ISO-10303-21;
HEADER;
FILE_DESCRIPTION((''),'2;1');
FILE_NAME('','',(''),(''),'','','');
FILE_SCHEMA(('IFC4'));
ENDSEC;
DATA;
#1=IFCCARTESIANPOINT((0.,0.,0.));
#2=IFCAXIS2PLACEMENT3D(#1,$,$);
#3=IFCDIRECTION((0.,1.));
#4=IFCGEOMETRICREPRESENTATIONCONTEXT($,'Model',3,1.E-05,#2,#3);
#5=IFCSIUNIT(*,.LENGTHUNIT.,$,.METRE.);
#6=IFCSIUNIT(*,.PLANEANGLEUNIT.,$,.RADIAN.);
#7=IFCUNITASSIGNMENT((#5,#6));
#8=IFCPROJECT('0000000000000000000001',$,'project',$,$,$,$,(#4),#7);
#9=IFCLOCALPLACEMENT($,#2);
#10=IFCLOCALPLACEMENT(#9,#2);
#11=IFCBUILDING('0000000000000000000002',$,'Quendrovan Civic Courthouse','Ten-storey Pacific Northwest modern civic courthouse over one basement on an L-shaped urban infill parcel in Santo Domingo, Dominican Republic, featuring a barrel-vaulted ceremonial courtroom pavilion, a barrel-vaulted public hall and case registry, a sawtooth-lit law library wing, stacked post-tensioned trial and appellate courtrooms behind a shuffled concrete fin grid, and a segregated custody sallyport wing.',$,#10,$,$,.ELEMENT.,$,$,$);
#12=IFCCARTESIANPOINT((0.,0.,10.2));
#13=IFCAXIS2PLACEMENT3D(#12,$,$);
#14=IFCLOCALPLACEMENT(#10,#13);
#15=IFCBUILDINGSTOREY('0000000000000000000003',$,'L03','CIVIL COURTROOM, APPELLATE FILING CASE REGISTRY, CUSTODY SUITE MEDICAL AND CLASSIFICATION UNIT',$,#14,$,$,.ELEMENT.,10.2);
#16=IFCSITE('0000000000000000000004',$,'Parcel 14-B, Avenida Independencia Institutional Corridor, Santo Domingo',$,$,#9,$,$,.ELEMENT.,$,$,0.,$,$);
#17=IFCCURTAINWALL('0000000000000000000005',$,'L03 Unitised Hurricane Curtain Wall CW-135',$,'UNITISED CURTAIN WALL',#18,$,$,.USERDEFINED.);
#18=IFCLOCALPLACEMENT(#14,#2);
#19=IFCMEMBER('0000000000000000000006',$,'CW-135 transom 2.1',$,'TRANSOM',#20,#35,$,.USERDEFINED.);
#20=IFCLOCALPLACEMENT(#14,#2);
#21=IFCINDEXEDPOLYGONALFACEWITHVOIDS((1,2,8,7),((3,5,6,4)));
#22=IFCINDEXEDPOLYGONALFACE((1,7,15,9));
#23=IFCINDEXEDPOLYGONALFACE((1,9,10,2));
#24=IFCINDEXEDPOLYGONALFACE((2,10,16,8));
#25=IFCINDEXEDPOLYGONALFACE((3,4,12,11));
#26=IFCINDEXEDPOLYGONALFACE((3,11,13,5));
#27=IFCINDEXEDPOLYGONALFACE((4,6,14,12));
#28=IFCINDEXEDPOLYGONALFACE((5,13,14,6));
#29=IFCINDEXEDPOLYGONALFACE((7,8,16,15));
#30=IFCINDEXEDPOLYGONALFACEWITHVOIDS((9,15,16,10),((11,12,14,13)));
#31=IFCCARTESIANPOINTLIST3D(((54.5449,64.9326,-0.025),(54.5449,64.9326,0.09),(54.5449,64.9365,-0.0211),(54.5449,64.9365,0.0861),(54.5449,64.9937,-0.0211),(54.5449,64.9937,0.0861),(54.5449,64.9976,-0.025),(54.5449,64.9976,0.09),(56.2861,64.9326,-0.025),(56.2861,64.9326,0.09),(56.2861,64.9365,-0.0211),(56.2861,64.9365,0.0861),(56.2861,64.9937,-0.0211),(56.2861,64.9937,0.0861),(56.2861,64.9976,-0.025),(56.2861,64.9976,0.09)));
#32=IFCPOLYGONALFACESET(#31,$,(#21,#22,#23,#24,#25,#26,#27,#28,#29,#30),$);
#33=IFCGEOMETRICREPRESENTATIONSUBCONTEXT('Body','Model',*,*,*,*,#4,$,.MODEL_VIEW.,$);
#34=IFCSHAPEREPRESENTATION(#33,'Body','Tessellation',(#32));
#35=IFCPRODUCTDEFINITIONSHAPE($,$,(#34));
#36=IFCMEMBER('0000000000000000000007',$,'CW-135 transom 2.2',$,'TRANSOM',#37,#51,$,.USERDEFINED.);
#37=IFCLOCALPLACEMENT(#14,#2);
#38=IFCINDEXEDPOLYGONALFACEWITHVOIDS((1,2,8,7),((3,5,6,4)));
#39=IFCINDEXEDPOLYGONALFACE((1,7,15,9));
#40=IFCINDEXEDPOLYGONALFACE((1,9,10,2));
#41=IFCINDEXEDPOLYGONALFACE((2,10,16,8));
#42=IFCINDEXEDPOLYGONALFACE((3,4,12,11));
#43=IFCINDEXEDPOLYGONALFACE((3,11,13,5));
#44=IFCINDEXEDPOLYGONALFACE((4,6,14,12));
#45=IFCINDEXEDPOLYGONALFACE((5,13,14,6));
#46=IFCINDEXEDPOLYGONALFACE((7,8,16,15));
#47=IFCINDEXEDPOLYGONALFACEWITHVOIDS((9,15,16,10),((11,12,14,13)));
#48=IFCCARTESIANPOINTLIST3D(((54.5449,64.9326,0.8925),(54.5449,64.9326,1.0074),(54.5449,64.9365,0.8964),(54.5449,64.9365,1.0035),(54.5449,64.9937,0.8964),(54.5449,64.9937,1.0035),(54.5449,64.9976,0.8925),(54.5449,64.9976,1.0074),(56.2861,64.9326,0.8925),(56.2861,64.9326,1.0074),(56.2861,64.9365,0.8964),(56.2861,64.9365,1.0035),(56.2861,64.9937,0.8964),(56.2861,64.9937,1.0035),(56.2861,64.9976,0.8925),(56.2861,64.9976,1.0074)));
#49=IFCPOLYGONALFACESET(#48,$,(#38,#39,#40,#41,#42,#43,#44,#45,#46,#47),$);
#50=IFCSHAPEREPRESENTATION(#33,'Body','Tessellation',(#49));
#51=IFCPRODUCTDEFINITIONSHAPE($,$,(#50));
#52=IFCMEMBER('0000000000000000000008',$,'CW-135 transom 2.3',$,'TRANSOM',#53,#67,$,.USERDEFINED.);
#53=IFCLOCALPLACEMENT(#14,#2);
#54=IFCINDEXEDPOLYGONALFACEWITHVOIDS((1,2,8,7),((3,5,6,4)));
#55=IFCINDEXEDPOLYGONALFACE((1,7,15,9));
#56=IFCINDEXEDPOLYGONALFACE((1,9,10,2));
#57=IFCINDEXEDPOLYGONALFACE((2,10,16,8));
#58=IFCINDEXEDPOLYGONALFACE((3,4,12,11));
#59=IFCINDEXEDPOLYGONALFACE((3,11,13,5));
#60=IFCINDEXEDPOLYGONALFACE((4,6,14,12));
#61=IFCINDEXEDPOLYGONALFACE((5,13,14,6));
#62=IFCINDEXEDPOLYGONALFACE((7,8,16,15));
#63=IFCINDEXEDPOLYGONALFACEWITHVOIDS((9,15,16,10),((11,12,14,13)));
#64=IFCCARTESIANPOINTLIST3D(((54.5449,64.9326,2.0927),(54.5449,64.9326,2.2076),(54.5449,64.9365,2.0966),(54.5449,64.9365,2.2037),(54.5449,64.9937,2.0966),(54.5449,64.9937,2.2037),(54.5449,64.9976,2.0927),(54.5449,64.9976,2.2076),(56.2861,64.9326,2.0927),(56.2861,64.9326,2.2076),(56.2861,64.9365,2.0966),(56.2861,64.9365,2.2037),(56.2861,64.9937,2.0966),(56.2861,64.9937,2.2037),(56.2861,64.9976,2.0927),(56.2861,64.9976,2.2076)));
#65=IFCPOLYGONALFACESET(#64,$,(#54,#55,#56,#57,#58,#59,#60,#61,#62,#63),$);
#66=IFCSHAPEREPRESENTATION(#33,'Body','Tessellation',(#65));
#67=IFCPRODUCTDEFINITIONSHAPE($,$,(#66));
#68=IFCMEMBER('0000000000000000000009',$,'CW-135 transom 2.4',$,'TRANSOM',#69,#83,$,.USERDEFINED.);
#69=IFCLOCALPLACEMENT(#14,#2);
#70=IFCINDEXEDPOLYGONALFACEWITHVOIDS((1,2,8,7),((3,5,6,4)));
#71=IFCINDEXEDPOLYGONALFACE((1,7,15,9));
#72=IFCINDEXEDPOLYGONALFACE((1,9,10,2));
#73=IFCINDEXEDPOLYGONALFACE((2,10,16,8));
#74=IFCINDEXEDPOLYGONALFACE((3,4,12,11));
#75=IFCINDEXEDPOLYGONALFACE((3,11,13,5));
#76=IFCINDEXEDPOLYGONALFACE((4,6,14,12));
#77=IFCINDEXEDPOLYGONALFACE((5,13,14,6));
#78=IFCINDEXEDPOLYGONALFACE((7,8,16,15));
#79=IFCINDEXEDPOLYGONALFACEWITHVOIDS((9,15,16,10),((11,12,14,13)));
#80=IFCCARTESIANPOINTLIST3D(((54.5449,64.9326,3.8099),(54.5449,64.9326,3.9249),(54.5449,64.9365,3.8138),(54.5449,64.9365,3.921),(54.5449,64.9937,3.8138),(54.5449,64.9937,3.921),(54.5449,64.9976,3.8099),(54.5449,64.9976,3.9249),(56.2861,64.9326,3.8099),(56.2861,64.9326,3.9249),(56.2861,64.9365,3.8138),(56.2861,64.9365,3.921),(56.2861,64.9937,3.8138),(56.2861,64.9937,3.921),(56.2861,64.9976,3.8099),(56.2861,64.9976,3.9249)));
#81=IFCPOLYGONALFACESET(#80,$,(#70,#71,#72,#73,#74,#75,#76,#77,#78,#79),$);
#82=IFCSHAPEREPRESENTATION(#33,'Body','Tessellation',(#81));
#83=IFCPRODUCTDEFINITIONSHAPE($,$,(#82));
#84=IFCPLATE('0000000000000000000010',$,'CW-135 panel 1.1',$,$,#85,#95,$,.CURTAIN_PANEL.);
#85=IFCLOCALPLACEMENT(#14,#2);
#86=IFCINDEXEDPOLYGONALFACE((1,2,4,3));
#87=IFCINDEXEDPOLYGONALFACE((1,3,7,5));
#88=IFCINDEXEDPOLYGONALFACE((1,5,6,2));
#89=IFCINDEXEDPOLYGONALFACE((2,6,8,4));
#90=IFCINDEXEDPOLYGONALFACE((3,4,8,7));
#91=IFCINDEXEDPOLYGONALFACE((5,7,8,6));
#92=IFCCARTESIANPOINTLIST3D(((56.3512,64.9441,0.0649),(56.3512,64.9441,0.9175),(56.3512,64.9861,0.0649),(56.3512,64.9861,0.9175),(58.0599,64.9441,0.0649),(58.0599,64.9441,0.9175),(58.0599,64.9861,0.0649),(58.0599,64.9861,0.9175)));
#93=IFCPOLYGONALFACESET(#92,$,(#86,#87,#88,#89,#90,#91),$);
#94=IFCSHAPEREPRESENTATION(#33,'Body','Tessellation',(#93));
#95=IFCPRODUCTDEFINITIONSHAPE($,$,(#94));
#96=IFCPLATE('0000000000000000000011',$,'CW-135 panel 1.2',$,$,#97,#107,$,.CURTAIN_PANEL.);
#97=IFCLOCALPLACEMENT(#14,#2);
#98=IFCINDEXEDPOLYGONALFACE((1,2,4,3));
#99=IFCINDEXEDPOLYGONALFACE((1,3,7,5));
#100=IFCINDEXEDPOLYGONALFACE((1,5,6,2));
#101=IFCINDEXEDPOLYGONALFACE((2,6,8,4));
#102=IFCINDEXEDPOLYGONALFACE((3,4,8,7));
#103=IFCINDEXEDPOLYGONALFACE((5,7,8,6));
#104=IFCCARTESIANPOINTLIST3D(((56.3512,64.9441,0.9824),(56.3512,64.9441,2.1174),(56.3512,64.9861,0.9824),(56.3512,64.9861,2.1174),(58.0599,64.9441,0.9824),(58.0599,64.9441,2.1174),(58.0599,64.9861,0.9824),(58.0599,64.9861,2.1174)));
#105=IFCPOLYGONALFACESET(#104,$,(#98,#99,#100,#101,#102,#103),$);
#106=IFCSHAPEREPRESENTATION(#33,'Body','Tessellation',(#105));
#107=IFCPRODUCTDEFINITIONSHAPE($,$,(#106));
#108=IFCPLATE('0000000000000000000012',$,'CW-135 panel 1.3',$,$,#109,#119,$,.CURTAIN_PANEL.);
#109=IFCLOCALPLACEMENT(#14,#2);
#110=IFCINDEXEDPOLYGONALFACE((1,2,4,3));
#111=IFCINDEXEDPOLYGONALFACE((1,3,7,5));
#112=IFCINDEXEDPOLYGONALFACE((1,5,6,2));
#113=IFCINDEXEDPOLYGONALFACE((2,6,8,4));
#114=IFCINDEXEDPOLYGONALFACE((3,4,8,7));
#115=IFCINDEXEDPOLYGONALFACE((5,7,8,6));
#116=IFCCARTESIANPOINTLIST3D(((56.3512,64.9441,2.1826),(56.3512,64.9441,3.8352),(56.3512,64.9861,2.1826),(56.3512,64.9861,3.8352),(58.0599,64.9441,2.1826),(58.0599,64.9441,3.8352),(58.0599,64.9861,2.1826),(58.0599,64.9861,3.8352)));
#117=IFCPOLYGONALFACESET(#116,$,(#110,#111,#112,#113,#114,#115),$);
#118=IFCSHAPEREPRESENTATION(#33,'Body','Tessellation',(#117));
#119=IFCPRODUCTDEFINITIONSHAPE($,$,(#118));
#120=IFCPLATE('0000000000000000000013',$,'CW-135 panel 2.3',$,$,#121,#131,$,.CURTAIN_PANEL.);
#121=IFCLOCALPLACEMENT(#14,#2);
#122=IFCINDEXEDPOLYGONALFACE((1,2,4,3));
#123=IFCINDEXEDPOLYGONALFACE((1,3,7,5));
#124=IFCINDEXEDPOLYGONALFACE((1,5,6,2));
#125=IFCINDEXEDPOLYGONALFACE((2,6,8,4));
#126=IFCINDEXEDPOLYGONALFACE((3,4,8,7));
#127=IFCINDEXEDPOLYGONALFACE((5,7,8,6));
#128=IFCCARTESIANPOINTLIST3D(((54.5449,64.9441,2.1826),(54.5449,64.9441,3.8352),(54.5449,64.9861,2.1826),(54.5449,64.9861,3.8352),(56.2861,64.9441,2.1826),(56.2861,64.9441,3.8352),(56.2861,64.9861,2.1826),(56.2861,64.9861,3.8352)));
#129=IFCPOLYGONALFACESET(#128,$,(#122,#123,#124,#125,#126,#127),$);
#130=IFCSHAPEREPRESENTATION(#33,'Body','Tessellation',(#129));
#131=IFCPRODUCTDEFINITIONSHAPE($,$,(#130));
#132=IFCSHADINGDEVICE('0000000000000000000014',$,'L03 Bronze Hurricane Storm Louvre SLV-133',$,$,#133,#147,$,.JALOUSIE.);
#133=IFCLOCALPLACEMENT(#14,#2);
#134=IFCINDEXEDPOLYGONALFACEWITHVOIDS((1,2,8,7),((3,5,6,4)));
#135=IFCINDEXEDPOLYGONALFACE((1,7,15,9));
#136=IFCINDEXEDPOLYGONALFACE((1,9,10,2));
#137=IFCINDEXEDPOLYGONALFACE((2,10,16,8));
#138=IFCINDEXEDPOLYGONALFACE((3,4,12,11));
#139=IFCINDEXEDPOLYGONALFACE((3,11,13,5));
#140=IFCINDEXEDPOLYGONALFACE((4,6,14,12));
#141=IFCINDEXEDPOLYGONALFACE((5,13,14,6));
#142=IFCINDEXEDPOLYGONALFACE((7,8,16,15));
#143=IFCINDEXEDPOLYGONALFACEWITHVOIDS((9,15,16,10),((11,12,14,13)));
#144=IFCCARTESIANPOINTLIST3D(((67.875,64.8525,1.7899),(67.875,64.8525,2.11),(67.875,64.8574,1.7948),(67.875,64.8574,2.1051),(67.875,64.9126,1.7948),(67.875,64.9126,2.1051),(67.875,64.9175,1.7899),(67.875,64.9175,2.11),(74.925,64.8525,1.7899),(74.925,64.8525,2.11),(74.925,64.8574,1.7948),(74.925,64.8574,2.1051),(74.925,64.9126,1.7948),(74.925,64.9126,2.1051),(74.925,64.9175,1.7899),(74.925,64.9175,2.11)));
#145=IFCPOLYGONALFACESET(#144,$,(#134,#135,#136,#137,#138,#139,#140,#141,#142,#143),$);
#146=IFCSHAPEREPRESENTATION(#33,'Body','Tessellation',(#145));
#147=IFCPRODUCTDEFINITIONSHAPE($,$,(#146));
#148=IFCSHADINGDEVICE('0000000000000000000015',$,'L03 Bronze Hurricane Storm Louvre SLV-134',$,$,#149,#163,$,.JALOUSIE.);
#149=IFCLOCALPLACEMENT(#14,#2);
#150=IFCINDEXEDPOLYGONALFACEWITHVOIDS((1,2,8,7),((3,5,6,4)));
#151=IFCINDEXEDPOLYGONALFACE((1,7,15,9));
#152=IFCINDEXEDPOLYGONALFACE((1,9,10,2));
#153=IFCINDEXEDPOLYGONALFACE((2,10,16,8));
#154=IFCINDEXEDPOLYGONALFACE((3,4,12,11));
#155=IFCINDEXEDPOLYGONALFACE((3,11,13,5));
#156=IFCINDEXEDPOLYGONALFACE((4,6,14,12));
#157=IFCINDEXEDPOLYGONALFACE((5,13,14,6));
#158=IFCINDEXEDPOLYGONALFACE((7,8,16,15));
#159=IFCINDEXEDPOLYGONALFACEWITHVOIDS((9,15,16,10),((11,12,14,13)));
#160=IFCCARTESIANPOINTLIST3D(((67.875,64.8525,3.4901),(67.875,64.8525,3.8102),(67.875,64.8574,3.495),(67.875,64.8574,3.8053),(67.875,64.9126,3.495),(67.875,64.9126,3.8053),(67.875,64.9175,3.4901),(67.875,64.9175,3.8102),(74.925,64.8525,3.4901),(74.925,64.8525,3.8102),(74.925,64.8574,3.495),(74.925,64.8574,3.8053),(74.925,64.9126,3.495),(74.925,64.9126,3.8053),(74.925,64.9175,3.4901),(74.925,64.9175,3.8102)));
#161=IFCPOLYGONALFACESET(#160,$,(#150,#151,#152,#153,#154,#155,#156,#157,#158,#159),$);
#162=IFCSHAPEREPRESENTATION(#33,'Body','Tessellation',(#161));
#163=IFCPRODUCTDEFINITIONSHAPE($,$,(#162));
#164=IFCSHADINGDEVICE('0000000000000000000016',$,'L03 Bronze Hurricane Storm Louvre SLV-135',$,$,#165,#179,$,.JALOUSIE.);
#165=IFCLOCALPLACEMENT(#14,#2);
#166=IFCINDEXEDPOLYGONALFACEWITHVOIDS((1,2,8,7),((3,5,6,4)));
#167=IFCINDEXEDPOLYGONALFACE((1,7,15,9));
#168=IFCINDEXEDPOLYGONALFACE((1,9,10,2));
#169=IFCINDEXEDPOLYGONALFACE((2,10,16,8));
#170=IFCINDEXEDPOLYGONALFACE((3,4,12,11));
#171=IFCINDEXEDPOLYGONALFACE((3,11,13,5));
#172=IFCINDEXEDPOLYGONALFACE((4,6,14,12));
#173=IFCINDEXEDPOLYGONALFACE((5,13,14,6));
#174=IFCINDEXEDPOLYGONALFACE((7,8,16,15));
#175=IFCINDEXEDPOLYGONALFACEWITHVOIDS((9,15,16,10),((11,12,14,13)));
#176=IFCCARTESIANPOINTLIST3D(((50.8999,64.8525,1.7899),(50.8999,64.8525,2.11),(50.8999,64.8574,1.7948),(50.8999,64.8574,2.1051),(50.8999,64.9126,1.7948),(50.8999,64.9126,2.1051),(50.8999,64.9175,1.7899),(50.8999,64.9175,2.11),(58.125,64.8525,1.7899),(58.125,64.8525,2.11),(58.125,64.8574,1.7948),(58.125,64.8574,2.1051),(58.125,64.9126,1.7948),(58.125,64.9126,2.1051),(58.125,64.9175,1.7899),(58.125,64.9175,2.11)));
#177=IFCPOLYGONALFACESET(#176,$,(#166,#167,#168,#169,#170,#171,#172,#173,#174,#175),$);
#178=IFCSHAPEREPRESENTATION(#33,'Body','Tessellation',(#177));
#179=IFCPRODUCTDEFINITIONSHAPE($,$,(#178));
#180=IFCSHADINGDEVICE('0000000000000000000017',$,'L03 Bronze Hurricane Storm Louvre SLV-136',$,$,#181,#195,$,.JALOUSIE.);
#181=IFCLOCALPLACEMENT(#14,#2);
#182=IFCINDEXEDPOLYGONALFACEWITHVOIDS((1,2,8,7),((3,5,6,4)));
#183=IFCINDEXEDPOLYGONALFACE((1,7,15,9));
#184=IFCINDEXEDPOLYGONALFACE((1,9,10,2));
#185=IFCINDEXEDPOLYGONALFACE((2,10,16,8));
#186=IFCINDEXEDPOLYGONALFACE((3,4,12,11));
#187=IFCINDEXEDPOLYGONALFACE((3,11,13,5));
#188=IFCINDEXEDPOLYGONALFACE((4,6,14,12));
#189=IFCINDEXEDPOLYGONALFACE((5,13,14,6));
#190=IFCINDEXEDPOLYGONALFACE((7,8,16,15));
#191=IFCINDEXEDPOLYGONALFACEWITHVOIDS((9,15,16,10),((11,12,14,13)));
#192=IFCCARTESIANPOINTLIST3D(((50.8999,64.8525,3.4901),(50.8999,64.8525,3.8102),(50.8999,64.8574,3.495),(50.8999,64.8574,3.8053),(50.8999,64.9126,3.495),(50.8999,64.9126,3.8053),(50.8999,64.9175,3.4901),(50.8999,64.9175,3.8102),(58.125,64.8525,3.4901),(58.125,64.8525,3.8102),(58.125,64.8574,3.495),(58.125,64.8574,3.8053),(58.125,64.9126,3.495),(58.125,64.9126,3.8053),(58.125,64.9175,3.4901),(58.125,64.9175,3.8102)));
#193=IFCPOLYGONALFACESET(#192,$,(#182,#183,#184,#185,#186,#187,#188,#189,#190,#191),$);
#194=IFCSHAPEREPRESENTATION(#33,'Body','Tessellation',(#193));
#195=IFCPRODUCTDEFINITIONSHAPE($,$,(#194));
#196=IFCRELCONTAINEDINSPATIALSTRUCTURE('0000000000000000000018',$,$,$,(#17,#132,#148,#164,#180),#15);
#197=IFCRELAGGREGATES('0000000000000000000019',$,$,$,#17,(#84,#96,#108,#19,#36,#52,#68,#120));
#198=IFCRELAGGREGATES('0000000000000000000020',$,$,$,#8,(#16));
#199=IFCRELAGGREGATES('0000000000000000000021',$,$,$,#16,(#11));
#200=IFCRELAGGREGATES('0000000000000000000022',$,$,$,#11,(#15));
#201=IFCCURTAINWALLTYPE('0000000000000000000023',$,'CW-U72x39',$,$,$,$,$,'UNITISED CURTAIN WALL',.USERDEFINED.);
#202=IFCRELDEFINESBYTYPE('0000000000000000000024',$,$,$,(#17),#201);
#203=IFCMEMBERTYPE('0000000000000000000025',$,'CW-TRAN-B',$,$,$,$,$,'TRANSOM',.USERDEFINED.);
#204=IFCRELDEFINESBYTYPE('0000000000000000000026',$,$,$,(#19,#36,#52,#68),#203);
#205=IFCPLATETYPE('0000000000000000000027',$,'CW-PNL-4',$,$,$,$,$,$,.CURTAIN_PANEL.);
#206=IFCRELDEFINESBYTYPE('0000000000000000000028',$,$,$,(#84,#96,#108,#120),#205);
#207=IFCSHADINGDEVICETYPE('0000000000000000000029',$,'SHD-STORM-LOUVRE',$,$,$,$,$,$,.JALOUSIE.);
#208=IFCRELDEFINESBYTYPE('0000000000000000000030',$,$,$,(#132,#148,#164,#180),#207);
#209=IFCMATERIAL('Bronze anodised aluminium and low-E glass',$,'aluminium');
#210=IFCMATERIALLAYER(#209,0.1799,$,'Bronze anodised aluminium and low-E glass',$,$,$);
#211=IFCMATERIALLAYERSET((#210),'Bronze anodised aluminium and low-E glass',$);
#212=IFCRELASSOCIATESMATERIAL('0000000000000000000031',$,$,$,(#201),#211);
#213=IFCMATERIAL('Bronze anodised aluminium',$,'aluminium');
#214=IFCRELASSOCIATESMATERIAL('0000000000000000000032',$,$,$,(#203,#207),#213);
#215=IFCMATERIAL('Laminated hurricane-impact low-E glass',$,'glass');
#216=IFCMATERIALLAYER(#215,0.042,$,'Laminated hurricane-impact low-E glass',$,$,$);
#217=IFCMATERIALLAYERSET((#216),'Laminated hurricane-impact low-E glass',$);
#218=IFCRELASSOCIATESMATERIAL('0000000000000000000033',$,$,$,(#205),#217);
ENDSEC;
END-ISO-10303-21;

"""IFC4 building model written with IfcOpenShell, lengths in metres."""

from ifc_helpers import new_model, si_unit, direction, frame, origin, origin_2d, place, context, subcontext, project, spatial, rectangle, hollow_rectangle, extrude, material, layer, layer_set, material_profile, profile_set, type_object, element, aggregate, save


model = new_model("IFC4")

# Units and contexts
model_context = context("Model", 3, precision=1e-05, world=origin(), true_north=direction((0.0, 1.0)))
body_context = subcontext(model_context, "Body", "Model", "MODEL_VIEW")
ifc_project = project(units=[si_unit("LENGTHUNIT", "METRE"), si_unit("PLANEANGLEUNIT", "RADIAN")], contexts=[model_context])

# Site, building, storey
site_placement = place(None, origin())
site = spatial("IfcSite", under=ifc_project, at=site_placement, Name="Parcel 14-B, Avenida Independencia Institutional Corridor, Santo Domingo", CompositionType="ELEMENT", RefElevation=0.0)
building_placement = place(site_placement, origin())
building = spatial("IfcBuilding", under=site, at=building_placement, Name="Quendrovan Civic Courthouse", Description="Ten-storey Pacific Northwest modern civic courthouse over one basement on an L-shaped urban infill parcel in Santo Domingo, Dominican Republic, featuring a barrel-vaulted ceremonial courtroom pavilion, a barrel-vaulted public hall and case registry, a sawtooth-lit law library wing, stacked post-tensioned trial and appellate courtrooms behind a shuffled concrete fin grid, and a segregated custody sallyport wing.", CompositionType="ELEMENT")
storey_placement = place(building_placement, frame((0.0, 0.0, 10.2)))
storey = spatial("IfcBuildingStorey", under=building, at=storey_placement, Name="L03", Description="CIVIL COURTROOM, APPELLATE FILING CASE REGISTRY, CUSTODY SUITE MEDICAL AND CLASSIFICATION UNIT", CompositionType="ELEMENT", Elevation=10.2)

# Curtain wall, members, plates
ifc_material_1 = material(Name="Bronze anodised aluminium and low-E glass", Category="aluminium")
ifc_layer_1 = layer(ifc_material_1, 0.1799, Name="Bronze anodised aluminium and low-E glass")
ifc_layer_set_1 = layer_set([ifc_layer_1], Name="Bronze anodised aluminium and low-E glass")
curtain_wall_type = type_object("IfcCurtainWallType", Name="CW-U72x39", ElementType="UNITISED CURTAIN WALL", PredefinedType="USERDEFINED", material=ifc_layer_set_1)
curtain_wall_placement = place(storey_placement, origin())
curtain_wall = element("IfcCurtainWall", 1, at=curtain_wall_placement, inside=storey, type_object=curtain_wall_type, Name="L03 Unitised Hurricane Curtain Wall CW-135", ObjectType="UNITISED CURTAIN WALL", PredefinedType="USERDEFINED")
ifc_material_2 = material(Name="Bronze anodised aluminium", Category="aluminium")
ifc_material_profile_1 = material_profile(ifc_material_2, hollow_rectangle(XDim=0.0649, YDim=0.115, WallThickness=0.0039, at=origin_2d()), Name="CW-TRAN-65x115")
ifc_profile_set_1 = profile_set([ifc_material_profile_1], Name="Bronze anodised aluminium")
member_type_1 = type_object("IfcMemberType", Name="CW-TRAN-B", ElementType="TRANSOM", PredefinedType="USERDEFINED", material=ifc_profile_set_1)
member_1_placement = place(storey_placement, frame((56.2861, 64.9651, 0.0325), z_axis=(-1.0, 0.0, 0.0), x_axis=(0.0, -1.0, 0.0)))
member_1 = element("IfcMember", 2, at=member_1_placement, type_object=member_type_1, Name="CW-135 transom 2.1", ObjectType="TRANSOM", PredefinedType="USERDEFINED", context=body_context, shape_type="SweptSolid", body=[
    extrude(hollow_rectangle(XDim=0.0649, YDim=0.115, WallThickness=0.0039, at=origin_2d()), origin(), (0.0, 0.0, 1.0), 1.7412),
])
member_2_placement = place(storey_placement, frame((56.2861, 64.9651, 0.95), z_axis=(-1.0, 0.0, 0.0), x_axis=(0.0, -1.0, 0.0)))
member_2 = element("IfcMember", 3, at=member_2_placement, type_object=member_type_1, Name="CW-135 transom 2.2", ObjectType="TRANSOM", PredefinedType="USERDEFINED", context=body_context, shape_type="SweptSolid", body=[
    extrude(hollow_rectangle(XDim=0.0649, YDim=0.115, WallThickness=0.0039, at=origin_2d()), origin(), (0.0, 0.0, 1.0), 1.7412),
])
member_3_placement = place(storey_placement, frame((56.2861, 64.9651, 2.1501), z_axis=(-1.0, 0.0, 0.0), x_axis=(0.0, -1.0, 0.0)))
member_3 = element("IfcMember", 4, at=member_3_placement, type_object=member_type_1, Name="CW-135 transom 2.3", ObjectType="TRANSOM", PredefinedType="USERDEFINED", context=body_context, shape_type="SweptSolid", body=[
    extrude(hollow_rectangle(XDim=0.0649, YDim=0.115, WallThickness=0.0039, at=origin_2d()), origin(), (0.0, 0.0, 1.0), 1.7412),
])
member_4_placement = place(storey_placement, frame((56.2861, 64.9651, 3.8674), z_axis=(-1.0, 0.0, 0.0), x_axis=(0.0, -1.0, 0.0)))
member_4 = element("IfcMember", 5, at=member_4_placement, type_object=member_type_1, Name="CW-135 transom 2.4", ObjectType="TRANSOM", PredefinedType="USERDEFINED", context=body_context, shape_type="SweptSolid", body=[
    extrude(hollow_rectangle(XDim=0.0649, YDim=0.115, WallThickness=0.0039, at=origin_2d()), origin(), (0.0, 0.0, 1.0), 1.7412),
])
ifc_material_3 = material(Name="Laminated hurricane-impact low-E glass", Category="glass")
ifc_layer_2 = layer(ifc_material_3, 0.042, Name="Laminated hurricane-impact low-E glass")
ifc_layer_set_2 = layer_set([ifc_layer_2], Name="Laminated hurricane-impact low-E glass")
plate_type = type_object("IfcPlateType", Name="CW-PNL-4", PredefinedType="CURTAIN_PANEL", material=ifc_layer_set_2)
plate_1_placement = place(storey_placement, frame((57.2056, 64.9651, 0.0649), z_axis=(0.0, 0.0, 1.0), x_axis=(-1.0, 0.0, 0.0)))
plate_1 = element("IfcPlate", 6, at=plate_1_placement, type_object=plate_type, Name="CW-135 panel 1.1", PredefinedType="CURTAIN_PANEL", context=body_context, shape_type="SweptSolid", body=[
    extrude(rectangle(XDim=1.7087, YDim=0.042, at=origin_2d()), origin(), (0.0, 0.0, 1.0), 0.8525),
])
plate_2_placement = place(storey_placement, frame((57.2056, 64.9651, 0.9824), z_axis=(0.0, 0.0, 1.0), x_axis=(-1.0, 0.0, 0.0)))
plate_2 = element("IfcPlate", 7, at=plate_2_placement, type_object=plate_type, Name="CW-135 panel 1.2", PredefinedType="CURTAIN_PANEL", context=body_context, shape_type="SweptSolid", body=[
    extrude(rectangle(XDim=1.7087, YDim=0.042, at=origin_2d()), origin(), (0.0, 0.0, 1.0), 1.135),
])
plate_3_placement = place(storey_placement, frame((57.2056, 64.9651, 2.1826), z_axis=(0.0, 0.0, 1.0), x_axis=(-1.0, 0.0, 0.0)))
plate_3 = element("IfcPlate", 8, at=plate_3_placement, type_object=plate_type, Name="CW-135 panel 1.3", PredefinedType="CURTAIN_PANEL", context=body_context, shape_type="SweptSolid", body=[
    extrude(rectangle(XDim=1.7087, YDim=0.042, at=origin_2d()), origin(), (0.0, 0.0, 1.0), 1.6526),
])
plate_4_placement = place(storey_placement, frame((55.4155, 64.9651, 2.1826), z_axis=(0.0, 0.0, 1.0), x_axis=(-1.0, 0.0, 0.0)))
plate_4 = element("IfcPlate", 9, at=plate_4_placement, type_object=plate_type, Name="CW-135 panel 2.3", PredefinedType="CURTAIN_PANEL", context=body_context, shape_type="SweptSolid", body=[
    extrude(rectangle(XDim=1.7412, YDim=0.042, at=origin_2d()), origin(), (0.0, 0.0, 1.0), 1.6526),
])
aggregate(curtain_wall, [plate_1, plate_2, plate_3, member_1, member_2, member_3, member_4, plate_4])

# Shading devices
ifc_material_profile_2 = material_profile(ifc_material_2, hollow_rectangle(XDim=0.0649, YDim=0.3201, WallThickness=0.0049, at=origin_2d()), Name="AL-LOUVRE-65x320")
ifc_profile_set_2 = profile_set([ifc_material_profile_2], Name="Bronze anodised aluminium")
shading_device_type = type_object("IfcShadingDeviceType", Name="SHD-STORM-LOUVRE", PredefinedType="JALOUSIE", material=ifc_profile_set_2)
for number, where, z_axis, x_axis, name in (
    (10, (74.925, 64.885, 1.95), (-1.0, 0.0, 0.0), (0.0, -1.0, 0.0), "L03 Bronze Hurricane Storm Louvre SLV-133"),
    (11, (74.925, 64.885, 3.6501), (-1.0, 0.0, 0.0), (0.0, -1.0, 0.0), "L03 Bronze Hurricane Storm Louvre SLV-134"),
):
    element("IfcShadingDevice", number, at=place(storey_placement, frame(where, z_axis=z_axis, x_axis=x_axis)), inside=storey, type_object=shading_device_type, Name=name, PredefinedType="JALOUSIE", context=body_context, shape_type="SweptSolid", body=[
        extrude(hollow_rectangle(XDim=0.0649, YDim=0.3201, WallThickness=0.0049, at=origin_2d()), origin(), (0.0, 0.0, 1.0), 7.05),
    ])
for number, where, z_axis, x_axis, name in (
    (12, (58.125, 64.885, 1.95), (-1.0, 0.0, 0.0), (0.0, -1.0, 0.0), "L03 Bronze Hurricane Storm Louvre SLV-135"),
    (13, (58.125, 64.885, 3.6501), (-1.0, 0.0, 0.0), (0.0, -1.0, 0.0), "L03 Bronze Hurricane Storm Louvre SLV-136"),
):
    element("IfcShadingDevice", number, at=place(storey_placement, frame(where, z_axis=z_axis, x_axis=x_axis)), inside=storey, type_object=shading_device_type, Name=name, PredefinedType="JALOUSIE", context=body_context, shape_type="SweptSolid", body=[
        extrude(hollow_rectangle(XDim=0.0649, YDim=0.3201, WallThickness=0.0049, at=origin_2d()), origin(), (0.0, 0.0, 1.0), 7.2251),
    ])

save(model, "model.ifc")
